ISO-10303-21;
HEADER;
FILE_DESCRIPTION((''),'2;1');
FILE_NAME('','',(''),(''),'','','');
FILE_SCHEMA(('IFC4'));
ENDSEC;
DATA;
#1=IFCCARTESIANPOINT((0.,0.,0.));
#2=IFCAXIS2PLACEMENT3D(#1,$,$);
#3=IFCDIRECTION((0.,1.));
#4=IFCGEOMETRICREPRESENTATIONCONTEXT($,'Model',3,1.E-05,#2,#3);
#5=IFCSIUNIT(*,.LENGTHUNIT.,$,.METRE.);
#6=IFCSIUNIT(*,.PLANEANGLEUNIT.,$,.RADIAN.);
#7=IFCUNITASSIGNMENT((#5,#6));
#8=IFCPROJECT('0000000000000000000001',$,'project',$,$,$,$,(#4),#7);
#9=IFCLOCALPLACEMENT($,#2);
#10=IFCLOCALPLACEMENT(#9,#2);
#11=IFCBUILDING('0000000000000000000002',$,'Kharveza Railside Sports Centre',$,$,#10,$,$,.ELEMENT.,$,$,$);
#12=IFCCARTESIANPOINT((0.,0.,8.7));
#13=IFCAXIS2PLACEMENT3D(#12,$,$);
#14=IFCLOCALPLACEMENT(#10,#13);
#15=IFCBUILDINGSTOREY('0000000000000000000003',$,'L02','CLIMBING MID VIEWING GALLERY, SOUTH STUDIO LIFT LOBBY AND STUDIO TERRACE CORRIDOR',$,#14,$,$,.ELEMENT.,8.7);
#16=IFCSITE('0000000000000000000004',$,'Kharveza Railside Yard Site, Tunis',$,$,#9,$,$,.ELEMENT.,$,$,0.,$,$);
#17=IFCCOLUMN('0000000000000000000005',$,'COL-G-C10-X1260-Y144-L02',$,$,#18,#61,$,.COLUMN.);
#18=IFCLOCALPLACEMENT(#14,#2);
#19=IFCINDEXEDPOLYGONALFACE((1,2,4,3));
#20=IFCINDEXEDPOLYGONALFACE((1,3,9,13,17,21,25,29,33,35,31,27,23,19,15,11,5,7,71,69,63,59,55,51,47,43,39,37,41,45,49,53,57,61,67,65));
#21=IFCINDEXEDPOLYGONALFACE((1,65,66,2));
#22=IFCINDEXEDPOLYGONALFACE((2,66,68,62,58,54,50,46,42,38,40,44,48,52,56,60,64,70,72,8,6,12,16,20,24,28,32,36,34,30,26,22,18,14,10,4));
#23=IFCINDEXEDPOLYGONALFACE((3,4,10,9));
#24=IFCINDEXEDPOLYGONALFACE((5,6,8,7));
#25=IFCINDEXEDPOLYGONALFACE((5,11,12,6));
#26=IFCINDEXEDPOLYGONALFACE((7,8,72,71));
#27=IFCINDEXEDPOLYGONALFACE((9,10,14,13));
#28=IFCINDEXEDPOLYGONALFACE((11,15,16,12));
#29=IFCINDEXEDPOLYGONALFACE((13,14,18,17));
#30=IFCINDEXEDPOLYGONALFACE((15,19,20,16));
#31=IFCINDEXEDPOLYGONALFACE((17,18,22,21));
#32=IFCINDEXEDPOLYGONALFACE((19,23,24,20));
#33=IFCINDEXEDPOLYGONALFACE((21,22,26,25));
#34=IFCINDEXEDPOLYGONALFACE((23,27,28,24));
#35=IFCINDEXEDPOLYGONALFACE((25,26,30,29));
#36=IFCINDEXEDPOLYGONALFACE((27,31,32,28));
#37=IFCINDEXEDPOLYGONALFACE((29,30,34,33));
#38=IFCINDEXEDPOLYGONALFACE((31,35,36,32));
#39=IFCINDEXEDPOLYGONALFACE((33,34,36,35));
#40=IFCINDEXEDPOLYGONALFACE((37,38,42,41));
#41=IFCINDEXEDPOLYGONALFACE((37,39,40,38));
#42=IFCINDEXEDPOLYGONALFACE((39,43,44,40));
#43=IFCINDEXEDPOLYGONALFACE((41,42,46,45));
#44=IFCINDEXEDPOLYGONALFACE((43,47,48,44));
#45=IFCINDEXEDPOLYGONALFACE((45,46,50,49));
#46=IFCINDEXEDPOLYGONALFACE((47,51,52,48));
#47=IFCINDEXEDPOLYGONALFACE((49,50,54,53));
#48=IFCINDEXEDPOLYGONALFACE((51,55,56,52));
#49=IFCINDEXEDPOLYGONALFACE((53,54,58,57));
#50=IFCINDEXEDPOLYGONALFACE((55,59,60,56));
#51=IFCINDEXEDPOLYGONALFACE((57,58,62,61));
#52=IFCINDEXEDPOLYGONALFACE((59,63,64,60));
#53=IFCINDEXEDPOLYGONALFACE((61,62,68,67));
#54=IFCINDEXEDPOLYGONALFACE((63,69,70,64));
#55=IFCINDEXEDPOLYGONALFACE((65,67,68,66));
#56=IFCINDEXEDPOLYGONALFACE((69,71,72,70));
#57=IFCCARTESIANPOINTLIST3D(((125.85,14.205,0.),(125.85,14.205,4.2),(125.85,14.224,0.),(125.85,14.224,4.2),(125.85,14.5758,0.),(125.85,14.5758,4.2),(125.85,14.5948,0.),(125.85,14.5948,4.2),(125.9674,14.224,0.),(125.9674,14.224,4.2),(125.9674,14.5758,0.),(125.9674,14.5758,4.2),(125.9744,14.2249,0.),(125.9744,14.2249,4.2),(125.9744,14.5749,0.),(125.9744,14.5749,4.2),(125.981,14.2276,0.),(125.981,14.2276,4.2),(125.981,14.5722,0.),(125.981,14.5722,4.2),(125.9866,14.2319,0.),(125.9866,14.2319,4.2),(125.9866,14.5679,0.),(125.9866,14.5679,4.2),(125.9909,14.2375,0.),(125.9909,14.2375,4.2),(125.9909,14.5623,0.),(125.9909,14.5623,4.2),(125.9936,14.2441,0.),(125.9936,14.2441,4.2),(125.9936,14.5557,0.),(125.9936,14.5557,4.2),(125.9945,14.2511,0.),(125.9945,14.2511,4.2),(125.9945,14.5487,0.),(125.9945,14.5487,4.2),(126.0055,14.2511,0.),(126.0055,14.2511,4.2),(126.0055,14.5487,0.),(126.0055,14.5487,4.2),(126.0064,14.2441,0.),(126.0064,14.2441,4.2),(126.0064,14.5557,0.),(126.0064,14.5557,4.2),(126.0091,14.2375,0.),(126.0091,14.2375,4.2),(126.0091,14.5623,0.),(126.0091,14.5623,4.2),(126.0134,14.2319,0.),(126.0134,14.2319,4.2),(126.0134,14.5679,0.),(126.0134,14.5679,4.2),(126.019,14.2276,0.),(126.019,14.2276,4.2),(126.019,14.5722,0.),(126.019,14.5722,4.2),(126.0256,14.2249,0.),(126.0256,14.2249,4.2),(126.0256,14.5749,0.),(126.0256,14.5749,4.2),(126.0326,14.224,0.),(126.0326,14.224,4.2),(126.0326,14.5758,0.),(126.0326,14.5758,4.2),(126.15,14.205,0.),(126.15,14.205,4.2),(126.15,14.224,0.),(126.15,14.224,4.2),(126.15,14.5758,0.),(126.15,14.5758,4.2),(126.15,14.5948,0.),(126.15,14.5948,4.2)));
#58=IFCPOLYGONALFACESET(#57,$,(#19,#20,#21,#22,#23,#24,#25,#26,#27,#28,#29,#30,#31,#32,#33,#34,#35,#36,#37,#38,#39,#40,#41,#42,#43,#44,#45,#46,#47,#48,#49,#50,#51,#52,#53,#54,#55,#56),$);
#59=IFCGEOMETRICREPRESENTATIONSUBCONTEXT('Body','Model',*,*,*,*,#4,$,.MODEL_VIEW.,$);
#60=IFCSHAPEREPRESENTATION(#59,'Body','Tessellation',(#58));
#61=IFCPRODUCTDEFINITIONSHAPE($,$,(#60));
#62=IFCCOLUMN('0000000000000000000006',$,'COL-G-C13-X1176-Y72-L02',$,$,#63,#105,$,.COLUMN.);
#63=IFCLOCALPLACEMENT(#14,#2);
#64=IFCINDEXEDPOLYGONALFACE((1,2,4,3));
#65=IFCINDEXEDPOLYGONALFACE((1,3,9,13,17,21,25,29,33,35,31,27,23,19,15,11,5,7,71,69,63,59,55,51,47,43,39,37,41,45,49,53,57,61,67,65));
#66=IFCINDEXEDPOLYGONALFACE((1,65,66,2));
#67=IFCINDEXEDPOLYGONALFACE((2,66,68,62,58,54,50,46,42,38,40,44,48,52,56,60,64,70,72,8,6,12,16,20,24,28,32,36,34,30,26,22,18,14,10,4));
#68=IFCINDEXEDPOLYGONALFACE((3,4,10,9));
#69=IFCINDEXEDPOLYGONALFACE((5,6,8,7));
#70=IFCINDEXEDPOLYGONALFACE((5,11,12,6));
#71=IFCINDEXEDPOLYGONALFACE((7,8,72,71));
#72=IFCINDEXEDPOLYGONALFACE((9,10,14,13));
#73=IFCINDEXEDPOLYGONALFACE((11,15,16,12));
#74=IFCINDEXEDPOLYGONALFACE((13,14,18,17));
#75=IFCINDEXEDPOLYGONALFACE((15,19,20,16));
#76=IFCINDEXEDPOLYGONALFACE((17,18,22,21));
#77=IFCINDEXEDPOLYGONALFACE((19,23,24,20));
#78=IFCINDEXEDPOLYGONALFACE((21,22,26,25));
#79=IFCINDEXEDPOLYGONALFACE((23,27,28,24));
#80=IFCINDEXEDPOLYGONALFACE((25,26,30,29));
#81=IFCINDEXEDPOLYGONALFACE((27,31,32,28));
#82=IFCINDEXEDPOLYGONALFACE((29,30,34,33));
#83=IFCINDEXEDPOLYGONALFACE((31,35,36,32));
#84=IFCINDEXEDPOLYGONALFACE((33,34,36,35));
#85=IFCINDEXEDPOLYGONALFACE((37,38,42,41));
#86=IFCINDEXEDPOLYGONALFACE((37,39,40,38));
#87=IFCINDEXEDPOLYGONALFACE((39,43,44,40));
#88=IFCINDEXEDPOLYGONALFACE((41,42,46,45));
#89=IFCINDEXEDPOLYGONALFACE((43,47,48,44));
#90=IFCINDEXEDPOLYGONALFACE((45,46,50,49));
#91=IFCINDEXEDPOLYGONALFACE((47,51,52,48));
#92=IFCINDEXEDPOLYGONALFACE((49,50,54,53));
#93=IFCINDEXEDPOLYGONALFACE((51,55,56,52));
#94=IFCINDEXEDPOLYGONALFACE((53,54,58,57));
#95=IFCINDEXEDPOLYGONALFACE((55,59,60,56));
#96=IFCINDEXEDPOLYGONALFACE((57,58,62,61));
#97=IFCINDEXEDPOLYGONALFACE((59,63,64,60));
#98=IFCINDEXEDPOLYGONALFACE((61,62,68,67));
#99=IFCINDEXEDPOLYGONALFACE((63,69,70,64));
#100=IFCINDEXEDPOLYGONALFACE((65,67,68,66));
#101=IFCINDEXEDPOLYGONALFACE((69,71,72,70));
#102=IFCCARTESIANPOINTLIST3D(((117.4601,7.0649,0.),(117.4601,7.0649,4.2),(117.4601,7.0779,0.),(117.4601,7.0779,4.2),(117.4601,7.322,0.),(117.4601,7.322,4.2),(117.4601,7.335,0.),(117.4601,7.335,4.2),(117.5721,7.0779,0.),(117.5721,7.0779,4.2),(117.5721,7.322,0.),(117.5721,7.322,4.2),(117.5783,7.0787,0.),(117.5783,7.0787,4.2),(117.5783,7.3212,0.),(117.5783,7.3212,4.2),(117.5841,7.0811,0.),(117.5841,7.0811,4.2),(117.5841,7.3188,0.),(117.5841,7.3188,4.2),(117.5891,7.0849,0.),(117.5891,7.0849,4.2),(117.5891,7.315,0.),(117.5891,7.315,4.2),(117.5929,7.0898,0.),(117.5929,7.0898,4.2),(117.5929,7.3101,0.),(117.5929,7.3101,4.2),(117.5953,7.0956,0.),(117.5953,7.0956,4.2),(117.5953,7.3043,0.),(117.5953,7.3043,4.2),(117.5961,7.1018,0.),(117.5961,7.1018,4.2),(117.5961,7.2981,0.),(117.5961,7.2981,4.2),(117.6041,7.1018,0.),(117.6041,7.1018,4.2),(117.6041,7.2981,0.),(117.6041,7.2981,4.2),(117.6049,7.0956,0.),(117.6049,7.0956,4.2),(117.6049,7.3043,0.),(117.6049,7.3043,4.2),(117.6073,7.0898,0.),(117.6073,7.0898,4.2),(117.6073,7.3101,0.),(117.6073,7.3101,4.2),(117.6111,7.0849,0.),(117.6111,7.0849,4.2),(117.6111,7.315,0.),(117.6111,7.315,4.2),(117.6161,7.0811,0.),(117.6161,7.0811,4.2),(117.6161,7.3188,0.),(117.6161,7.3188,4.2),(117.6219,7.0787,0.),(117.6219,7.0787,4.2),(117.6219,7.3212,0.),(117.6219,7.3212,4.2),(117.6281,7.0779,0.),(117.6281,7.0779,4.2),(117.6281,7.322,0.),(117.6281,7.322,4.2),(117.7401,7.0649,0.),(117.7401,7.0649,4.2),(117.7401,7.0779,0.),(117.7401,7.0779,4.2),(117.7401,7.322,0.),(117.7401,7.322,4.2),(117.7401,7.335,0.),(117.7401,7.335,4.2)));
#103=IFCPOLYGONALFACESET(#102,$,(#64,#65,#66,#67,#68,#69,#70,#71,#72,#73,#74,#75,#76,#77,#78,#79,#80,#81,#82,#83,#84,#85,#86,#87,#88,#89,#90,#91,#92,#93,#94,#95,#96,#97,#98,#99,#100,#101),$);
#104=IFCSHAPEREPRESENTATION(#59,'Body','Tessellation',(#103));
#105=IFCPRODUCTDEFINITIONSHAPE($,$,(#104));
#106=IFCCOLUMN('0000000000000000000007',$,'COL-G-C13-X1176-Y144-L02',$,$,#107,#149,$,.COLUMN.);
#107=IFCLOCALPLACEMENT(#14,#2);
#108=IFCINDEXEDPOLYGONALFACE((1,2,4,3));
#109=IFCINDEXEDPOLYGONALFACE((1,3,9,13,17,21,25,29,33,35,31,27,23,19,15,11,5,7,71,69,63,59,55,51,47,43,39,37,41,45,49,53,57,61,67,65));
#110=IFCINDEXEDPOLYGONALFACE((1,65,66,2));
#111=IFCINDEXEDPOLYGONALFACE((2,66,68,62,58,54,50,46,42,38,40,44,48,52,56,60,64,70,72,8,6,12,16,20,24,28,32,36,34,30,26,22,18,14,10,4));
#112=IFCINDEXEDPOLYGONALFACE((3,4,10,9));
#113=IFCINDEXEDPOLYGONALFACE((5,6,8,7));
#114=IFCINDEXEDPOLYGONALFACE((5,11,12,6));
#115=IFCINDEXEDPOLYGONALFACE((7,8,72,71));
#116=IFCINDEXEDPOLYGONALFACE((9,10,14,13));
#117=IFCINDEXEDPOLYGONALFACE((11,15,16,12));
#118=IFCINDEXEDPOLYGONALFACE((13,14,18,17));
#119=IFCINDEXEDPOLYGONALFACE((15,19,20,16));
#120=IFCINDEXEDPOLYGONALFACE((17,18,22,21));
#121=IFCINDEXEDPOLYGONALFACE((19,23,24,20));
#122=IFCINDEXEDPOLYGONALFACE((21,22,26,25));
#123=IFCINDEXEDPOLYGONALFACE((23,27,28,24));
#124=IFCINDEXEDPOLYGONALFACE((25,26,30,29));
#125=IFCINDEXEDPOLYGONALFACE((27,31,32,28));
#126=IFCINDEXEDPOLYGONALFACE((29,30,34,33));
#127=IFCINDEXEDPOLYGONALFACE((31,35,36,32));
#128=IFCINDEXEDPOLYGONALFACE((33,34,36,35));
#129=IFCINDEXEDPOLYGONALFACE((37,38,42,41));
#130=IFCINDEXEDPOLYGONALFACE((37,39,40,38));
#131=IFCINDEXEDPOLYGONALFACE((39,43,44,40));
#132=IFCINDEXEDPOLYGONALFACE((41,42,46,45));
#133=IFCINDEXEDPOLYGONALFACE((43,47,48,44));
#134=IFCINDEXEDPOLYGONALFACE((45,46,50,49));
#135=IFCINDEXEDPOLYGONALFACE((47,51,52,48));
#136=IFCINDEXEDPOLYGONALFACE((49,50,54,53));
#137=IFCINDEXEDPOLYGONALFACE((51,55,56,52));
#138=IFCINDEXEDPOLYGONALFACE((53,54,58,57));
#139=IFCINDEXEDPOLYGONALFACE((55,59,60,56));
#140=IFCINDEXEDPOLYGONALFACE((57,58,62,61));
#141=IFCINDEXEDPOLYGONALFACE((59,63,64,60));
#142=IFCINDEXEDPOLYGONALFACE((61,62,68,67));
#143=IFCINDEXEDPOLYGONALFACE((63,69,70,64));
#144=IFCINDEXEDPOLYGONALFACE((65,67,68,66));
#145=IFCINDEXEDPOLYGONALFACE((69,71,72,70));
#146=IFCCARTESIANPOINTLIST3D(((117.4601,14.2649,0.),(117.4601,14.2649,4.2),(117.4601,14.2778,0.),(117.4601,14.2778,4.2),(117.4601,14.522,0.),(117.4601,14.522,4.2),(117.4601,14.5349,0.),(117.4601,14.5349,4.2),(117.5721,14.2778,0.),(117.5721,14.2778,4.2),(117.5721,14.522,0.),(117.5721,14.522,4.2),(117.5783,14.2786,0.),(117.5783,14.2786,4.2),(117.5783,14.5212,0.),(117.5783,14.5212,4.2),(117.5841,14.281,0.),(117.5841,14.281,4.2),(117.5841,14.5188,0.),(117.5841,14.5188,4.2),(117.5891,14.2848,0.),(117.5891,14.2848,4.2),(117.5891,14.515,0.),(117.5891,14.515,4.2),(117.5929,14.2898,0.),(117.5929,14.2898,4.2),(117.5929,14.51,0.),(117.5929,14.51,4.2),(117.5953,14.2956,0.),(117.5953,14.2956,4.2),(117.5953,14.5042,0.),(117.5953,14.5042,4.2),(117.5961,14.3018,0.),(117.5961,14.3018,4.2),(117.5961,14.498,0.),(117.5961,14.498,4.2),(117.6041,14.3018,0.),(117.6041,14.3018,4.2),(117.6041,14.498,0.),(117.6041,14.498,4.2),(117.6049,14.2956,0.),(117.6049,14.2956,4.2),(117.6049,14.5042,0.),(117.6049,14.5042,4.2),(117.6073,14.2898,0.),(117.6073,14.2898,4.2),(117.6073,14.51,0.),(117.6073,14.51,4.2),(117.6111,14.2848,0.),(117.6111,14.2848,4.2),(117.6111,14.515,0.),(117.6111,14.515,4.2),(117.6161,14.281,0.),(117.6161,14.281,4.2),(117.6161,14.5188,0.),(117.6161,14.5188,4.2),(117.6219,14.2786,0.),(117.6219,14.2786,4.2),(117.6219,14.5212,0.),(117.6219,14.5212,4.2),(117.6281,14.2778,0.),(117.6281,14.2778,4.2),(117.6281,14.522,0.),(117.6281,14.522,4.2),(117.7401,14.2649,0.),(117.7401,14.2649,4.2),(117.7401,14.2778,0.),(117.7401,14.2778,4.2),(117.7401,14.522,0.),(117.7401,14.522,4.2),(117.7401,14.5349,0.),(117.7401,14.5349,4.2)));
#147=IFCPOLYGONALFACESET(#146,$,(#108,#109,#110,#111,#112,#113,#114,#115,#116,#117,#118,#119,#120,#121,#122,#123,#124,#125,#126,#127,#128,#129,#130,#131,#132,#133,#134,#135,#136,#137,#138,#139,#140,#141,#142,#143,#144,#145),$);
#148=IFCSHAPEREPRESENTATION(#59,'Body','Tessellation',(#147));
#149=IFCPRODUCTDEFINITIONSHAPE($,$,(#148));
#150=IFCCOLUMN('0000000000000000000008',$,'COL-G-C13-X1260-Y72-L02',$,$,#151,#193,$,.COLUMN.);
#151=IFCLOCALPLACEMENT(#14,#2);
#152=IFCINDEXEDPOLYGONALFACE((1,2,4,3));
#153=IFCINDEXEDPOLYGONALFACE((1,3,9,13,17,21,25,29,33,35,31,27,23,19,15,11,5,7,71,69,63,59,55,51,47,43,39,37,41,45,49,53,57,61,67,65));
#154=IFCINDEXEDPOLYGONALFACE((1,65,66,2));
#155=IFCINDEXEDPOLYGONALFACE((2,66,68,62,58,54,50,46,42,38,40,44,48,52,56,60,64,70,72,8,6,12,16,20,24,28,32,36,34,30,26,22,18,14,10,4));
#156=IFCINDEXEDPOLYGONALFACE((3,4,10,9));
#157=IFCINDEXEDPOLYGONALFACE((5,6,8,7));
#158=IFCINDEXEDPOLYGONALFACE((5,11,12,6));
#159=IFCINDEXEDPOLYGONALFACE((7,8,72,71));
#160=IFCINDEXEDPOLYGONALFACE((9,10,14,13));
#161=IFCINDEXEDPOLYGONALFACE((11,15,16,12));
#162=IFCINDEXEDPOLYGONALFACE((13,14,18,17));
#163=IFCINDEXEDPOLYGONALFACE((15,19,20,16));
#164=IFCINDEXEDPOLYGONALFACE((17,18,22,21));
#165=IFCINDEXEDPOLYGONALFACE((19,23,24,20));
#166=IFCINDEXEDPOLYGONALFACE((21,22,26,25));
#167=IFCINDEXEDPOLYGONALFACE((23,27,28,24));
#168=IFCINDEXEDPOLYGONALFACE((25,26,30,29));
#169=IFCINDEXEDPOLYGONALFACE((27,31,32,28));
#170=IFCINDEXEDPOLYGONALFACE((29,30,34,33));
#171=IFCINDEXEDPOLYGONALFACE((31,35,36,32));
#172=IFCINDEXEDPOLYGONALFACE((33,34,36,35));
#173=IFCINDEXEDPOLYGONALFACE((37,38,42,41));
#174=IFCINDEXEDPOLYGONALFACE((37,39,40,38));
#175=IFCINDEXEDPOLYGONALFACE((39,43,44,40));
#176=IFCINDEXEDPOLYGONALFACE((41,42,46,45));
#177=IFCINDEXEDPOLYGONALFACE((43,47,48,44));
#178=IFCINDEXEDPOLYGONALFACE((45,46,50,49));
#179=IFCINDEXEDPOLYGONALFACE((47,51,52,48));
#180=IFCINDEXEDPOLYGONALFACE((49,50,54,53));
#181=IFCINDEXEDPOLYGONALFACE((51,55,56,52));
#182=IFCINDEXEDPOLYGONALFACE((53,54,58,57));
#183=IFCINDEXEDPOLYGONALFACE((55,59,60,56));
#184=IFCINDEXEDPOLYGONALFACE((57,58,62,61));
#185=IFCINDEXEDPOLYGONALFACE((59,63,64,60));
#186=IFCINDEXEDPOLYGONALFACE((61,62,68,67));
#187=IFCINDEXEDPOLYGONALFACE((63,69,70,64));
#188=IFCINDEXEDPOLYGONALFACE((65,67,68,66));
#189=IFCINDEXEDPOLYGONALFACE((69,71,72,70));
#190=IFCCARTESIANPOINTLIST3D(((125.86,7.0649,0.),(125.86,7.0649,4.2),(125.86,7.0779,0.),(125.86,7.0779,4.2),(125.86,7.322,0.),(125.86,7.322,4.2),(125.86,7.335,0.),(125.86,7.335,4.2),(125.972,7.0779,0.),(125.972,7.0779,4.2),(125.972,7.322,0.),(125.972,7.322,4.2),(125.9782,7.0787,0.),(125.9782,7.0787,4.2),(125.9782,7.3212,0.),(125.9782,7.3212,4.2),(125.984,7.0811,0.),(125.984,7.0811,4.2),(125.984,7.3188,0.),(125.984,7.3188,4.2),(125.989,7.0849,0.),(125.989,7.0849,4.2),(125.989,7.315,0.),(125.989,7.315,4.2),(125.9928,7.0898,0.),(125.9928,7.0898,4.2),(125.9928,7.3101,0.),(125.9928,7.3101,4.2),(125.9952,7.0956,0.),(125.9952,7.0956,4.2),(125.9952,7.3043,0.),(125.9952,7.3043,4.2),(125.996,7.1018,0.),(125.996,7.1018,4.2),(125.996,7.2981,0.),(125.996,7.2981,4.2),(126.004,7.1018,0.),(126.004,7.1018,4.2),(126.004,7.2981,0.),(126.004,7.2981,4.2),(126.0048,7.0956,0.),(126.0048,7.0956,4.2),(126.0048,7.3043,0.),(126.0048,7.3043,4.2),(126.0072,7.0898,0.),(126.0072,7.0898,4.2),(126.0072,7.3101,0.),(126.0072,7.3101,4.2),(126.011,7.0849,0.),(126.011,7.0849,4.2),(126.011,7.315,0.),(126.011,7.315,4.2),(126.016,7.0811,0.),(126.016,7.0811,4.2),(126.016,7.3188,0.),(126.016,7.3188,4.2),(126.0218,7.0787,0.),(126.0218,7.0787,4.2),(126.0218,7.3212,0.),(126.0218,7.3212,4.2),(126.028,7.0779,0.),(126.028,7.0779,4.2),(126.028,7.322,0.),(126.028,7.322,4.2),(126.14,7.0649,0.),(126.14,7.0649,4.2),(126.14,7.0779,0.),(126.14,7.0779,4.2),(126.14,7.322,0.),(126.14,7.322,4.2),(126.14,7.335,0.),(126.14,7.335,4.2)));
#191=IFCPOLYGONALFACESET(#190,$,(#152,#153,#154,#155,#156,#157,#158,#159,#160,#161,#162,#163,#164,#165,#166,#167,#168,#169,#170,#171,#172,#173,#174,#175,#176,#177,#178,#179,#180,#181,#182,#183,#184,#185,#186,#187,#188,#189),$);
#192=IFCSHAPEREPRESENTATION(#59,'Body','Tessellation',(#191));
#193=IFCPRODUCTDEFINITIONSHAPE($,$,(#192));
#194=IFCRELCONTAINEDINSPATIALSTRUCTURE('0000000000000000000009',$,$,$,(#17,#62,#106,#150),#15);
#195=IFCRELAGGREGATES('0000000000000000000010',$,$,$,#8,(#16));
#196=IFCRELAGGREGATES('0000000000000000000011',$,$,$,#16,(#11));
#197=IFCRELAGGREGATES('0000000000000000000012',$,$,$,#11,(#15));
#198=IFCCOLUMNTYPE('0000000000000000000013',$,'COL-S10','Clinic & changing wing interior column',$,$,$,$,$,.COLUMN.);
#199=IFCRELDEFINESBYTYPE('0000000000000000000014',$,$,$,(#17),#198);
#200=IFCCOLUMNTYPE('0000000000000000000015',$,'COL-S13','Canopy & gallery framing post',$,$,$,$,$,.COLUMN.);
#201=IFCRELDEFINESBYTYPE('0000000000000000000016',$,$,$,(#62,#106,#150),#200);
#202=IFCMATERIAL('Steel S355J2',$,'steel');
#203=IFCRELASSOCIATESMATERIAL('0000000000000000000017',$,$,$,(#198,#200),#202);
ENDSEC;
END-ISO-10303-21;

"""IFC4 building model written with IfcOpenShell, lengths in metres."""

from ifc_helpers import new_model, si_unit, direction, frame, origin, origin_2d, place, context, subcontext, project, spatial, i_section, extrude, material, material_profile, profile_set, type_object, element, save


model = new_model("IFC4")

# Units and contexts
model_context = context("Model", 3, precision=1e-05, world=origin(), true_north=direction((0.0, 1.0)))
body_context = subcontext(model_context, "Body", "Model", "MODEL_VIEW")
ifc_project = project(units=[si_unit("LENGTHUNIT", "METRE"), si_unit("PLANEANGLEUNIT", "RADIAN")], contexts=[model_context])

# Site, building, storey
site_placement = place(None, origin())
site = spatial("IfcSite", under=ifc_project, at=site_placement, Name="Kharveza Railside Yard Site, Tunis", CompositionType="ELEMENT", RefElevation=0.0)
building_placement = place(site_placement, origin())
building = spatial("IfcBuilding", under=site, at=building_placement, Name="Kharveza Railside Sports Centre", CompositionType="ELEMENT")
storey_placement = place(building_placement, frame((0.0, 0.0, 8.7)))
storey = spatial("IfcBuildingStorey", under=building, at=storey_placement, Name="L02", Description="CLIMBING MID VIEWING GALLERY, SOUTH STUDIO LIFT LOBBY AND STUDIO TERRACE CORRIDOR", CompositionType="ELEMENT", Elevation=8.7)

# Columns
ifc_material_1 = material(Name="Steel S355J2", Category="steel")
ifc_material_profile_1 = material_profile(ifc_material_1, i_section(OverallWidth=0.3, OverallDepth=0.3899, WebThickness=0.011, FlangeThickness=0.019, FilletRadius=0.0271, at=origin_2d()), Name="HEA 400")
ifc_profile_set_1 = profile_set([ifc_material_profile_1], Name="Steel S355J2")
column_type_1 = type_object("IfcColumnType", Name="COL-S10", Description="Clinic & changing wing interior column", PredefinedType="COLUMN", material=ifc_profile_set_1)
column_placement = place(storey_placement, frame((126.0, 14.3999, 0.0), z_axis=(0.0, 0.0, 1.0), x_axis=(1.0, 0.0, 0.0)))
element("IfcColumn", 1, at=column_placement, inside=storey, type_object=column_type_1, Name="COL-G-C10-X1260-Y144-L02", PredefinedType="COLUMN", context=body_context, shape_type="SweptSolid", body=[
    extrude(i_section(OverallWidth=0.3, OverallDepth=0.3899, WebThickness=0.011, FlangeThickness=0.019, FilletRadius=0.0271, at=origin_2d()), origin(), (0.0, 0.0, 1.0), 4.2),
])
ifc_material_profile_2 = material_profile(ifc_material_1, i_section(OverallWidth=0.28, OverallDepth=0.27, WebThickness=0.0081, FlangeThickness=0.0129, FilletRadius=0.0239, at=origin_2d()), Name="HEA 280")
ifc_profile_set_2 = profile_set([ifc_material_profile_2], Name="Steel S355J2")
column_type_2 = type_object("IfcColumnType", Name="COL-S13", Description="Canopy & gallery framing post", PredefinedType="COLUMN", material=ifc_profile_set_2)
for number, where, z_axis, x_axis, name in (
    (2, (117.6001, 7.2, 0.0), (0.0, 0.0, 1.0), (1.0, 0.0, 0.0), "COL-G-C13-X1176-Y72-L02"),
    (3, (117.6001, 14.3999, 0.0), (0.0, 0.0, 1.0), (1.0, 0.0, 0.0), "COL-G-C13-X1176-Y144-L02"),
    (4, (126.0, 7.2, 0.0), (0.0, 0.0, 1.0), (1.0, 0.0, 0.0), "COL-G-C13-X1260-Y72-L02"),
):
    element("IfcColumn", number, at=place(storey_placement, frame(where, z_axis=z_axis, x_axis=x_axis)), inside=storey, type_object=column_type_2, Name=name, PredefinedType="COLUMN", context=body_context, shape_type="SweptSolid", body=[
        extrude(i_section(OverallWidth=0.28, OverallDepth=0.27, WebThickness=0.0081, FlangeThickness=0.0129, FilletRadius=0.0239, at=origin_2d()), origin(), (0.0, 0.0, 1.0), 4.2),
    ])

save(model, "model.ifc")
